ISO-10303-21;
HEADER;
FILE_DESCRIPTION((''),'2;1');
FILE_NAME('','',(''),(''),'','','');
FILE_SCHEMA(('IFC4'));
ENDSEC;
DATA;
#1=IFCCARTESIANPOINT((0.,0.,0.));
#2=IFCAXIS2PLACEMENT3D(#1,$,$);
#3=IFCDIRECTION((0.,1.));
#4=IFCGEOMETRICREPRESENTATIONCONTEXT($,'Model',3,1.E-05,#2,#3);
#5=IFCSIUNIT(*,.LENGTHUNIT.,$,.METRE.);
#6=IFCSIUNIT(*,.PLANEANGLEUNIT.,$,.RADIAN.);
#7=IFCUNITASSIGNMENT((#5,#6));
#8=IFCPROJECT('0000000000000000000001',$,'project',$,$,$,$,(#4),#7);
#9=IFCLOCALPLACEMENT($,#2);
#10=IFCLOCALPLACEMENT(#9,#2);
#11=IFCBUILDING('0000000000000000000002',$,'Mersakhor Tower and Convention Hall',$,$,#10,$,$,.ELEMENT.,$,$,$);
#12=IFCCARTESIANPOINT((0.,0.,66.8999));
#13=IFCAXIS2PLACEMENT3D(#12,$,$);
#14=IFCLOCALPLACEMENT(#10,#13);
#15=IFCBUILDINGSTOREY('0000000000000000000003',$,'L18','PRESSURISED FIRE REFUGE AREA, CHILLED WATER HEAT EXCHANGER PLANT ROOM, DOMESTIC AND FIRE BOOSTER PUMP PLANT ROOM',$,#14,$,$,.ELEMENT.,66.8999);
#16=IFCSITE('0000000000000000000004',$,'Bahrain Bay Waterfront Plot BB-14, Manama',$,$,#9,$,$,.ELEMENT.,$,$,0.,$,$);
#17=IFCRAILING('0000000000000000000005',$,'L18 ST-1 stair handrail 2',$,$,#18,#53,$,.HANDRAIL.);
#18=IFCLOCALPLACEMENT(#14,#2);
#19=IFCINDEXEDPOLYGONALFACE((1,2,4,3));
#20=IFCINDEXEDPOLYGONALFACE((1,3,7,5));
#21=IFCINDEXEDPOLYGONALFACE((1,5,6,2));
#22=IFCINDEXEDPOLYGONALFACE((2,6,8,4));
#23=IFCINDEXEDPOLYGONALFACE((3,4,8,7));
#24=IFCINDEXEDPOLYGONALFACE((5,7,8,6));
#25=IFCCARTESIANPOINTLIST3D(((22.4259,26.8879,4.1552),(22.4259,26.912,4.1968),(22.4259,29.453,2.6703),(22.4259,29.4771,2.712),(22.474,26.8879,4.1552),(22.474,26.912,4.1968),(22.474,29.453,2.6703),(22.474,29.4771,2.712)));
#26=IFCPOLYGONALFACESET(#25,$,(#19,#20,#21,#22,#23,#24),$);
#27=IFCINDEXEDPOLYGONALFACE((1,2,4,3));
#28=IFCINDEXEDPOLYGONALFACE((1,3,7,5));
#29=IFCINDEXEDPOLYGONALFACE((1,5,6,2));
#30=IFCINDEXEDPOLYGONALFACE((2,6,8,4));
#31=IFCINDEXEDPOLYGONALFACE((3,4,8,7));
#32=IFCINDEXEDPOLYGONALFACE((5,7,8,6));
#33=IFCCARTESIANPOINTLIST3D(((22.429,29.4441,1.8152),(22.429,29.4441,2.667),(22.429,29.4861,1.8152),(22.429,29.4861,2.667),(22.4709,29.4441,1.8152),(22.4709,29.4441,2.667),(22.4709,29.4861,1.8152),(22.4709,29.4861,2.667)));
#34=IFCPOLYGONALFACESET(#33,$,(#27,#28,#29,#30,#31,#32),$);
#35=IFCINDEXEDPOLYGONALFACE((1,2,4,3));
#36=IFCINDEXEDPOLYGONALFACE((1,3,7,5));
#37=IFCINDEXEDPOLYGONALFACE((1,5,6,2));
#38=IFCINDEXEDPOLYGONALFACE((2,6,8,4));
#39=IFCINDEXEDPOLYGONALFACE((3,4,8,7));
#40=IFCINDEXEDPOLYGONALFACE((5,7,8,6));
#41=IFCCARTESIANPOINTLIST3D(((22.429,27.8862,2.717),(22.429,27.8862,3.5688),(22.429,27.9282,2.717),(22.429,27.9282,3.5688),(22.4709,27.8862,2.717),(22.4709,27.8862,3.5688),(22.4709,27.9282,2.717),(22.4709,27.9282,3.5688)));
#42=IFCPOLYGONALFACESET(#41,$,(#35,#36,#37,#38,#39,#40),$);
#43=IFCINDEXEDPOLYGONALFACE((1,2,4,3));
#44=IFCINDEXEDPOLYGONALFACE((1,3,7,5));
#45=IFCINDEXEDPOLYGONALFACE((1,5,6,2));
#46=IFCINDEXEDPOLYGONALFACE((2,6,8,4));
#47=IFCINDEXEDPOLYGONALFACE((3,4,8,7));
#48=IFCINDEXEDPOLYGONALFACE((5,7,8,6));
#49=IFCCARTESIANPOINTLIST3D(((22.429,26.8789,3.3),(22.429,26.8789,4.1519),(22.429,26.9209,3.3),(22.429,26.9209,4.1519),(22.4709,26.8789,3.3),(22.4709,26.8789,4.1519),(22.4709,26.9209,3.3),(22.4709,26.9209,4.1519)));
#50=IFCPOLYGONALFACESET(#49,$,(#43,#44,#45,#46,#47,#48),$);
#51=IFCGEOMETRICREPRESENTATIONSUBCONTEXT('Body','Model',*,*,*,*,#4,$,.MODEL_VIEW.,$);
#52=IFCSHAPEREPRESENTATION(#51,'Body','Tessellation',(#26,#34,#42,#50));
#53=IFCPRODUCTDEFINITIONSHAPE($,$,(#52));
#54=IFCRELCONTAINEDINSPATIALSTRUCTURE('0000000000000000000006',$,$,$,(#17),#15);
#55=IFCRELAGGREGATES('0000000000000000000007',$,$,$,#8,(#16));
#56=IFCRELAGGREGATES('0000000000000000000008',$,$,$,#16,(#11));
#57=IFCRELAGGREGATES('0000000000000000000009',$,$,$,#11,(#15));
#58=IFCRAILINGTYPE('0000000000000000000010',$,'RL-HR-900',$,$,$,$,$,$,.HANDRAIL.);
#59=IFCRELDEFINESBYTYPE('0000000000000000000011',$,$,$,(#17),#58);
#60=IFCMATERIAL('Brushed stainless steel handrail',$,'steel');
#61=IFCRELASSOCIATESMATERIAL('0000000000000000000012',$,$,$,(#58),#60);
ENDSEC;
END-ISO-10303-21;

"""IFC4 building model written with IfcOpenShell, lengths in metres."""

from ifc_helpers import new_model, si_unit, direction, frame, origin, origin_2d, place, context, subcontext, project, spatial, rectangle, extrude, material, type_object, element, save


model = new_model("IFC4")

# Units and contexts
model_context = context("Model", 3, precision=1e-05, world=origin(), true_north=direction((0.0, 1.0)))
body_context = subcontext(model_context, "Body", "Model", "MODEL_VIEW")
ifc_project = project(units=[si_unit("LENGTHUNIT", "METRE"), si_unit("PLANEANGLEUNIT", "RADIAN")], contexts=[model_context])

# Site, building, storey
site_placement = place(None, origin())
site = spatial("IfcSite", under=ifc_project, at=site_placement, Name="Bahrain Bay Waterfront Plot BB-14, Manama", CompositionType="ELEMENT", RefElevation=0.0)
building_placement = place(site_placement, origin())
building = spatial("IfcBuilding", under=site, at=building_placement, Name="Mersakhor Tower and Convention Hall", CompositionType="ELEMENT")
storey_placement = place(building_placement, frame((0.0, 0.0, 66.8999)))
storey = spatial("IfcBuildingStorey", under=building, at=storey_placement, Name="L18", Description="PRESSURISED FIRE REFUGE AREA, CHILLED WATER HEAT EXCHANGER PLANT ROOM, DOMESTIC AND FIRE BOOSTER PUMP PLANT ROOM", CompositionType="ELEMENT", Elevation=66.8999)

# Railing
ifc_material_1 = material(Name="Brushed stainless steel handrail", Category="steel")
railing_type_1 = type_object("IfcRailingType", Name="RL-HR-900", PredefinedType="HANDRAIL", material=ifc_material_1)
railing_1_placement = place(storey_placement, frame((22.45, 29.4651, 1.8152)))
element("IfcRailing", 1, at=railing_1_placement, inside=storey, type_object=railing_type_1, Name="L18 ST-1 stair handrail 2", PredefinedType="HANDRAIL", context=body_context, shape_type="SweptSolid", body=[
    extrude(rectangle(XDim=0.0481, YDim=0.0481, at=origin_2d()), frame((0.0, 0.0, 0.876), z_axis=(0.0, -0.865462, 0.500975), x_axis=(1.0, 0.0, 0.0)), (0.0, 0.0, 1.0), 2.9639),
    extrude(rectangle(XDim=0.042, YDim=0.042, at=origin_2d()), origin(), (0.0, 0.0, 1.0), 0.8518),
    extrude(rectangle(XDim=0.042, YDim=0.042, at=origin_2d()), frame((0.0, -1.5579, 0.9019)), (0.0, 0.0, 1.0), 0.8518),
    extrude(rectangle(XDim=0.042, YDim=0.042, at=origin_2d()), frame((0.0, -2.5652, 1.4849)), (0.0, 0.0, 1.0), 0.8518),
])

save(model, "model.ifc")
